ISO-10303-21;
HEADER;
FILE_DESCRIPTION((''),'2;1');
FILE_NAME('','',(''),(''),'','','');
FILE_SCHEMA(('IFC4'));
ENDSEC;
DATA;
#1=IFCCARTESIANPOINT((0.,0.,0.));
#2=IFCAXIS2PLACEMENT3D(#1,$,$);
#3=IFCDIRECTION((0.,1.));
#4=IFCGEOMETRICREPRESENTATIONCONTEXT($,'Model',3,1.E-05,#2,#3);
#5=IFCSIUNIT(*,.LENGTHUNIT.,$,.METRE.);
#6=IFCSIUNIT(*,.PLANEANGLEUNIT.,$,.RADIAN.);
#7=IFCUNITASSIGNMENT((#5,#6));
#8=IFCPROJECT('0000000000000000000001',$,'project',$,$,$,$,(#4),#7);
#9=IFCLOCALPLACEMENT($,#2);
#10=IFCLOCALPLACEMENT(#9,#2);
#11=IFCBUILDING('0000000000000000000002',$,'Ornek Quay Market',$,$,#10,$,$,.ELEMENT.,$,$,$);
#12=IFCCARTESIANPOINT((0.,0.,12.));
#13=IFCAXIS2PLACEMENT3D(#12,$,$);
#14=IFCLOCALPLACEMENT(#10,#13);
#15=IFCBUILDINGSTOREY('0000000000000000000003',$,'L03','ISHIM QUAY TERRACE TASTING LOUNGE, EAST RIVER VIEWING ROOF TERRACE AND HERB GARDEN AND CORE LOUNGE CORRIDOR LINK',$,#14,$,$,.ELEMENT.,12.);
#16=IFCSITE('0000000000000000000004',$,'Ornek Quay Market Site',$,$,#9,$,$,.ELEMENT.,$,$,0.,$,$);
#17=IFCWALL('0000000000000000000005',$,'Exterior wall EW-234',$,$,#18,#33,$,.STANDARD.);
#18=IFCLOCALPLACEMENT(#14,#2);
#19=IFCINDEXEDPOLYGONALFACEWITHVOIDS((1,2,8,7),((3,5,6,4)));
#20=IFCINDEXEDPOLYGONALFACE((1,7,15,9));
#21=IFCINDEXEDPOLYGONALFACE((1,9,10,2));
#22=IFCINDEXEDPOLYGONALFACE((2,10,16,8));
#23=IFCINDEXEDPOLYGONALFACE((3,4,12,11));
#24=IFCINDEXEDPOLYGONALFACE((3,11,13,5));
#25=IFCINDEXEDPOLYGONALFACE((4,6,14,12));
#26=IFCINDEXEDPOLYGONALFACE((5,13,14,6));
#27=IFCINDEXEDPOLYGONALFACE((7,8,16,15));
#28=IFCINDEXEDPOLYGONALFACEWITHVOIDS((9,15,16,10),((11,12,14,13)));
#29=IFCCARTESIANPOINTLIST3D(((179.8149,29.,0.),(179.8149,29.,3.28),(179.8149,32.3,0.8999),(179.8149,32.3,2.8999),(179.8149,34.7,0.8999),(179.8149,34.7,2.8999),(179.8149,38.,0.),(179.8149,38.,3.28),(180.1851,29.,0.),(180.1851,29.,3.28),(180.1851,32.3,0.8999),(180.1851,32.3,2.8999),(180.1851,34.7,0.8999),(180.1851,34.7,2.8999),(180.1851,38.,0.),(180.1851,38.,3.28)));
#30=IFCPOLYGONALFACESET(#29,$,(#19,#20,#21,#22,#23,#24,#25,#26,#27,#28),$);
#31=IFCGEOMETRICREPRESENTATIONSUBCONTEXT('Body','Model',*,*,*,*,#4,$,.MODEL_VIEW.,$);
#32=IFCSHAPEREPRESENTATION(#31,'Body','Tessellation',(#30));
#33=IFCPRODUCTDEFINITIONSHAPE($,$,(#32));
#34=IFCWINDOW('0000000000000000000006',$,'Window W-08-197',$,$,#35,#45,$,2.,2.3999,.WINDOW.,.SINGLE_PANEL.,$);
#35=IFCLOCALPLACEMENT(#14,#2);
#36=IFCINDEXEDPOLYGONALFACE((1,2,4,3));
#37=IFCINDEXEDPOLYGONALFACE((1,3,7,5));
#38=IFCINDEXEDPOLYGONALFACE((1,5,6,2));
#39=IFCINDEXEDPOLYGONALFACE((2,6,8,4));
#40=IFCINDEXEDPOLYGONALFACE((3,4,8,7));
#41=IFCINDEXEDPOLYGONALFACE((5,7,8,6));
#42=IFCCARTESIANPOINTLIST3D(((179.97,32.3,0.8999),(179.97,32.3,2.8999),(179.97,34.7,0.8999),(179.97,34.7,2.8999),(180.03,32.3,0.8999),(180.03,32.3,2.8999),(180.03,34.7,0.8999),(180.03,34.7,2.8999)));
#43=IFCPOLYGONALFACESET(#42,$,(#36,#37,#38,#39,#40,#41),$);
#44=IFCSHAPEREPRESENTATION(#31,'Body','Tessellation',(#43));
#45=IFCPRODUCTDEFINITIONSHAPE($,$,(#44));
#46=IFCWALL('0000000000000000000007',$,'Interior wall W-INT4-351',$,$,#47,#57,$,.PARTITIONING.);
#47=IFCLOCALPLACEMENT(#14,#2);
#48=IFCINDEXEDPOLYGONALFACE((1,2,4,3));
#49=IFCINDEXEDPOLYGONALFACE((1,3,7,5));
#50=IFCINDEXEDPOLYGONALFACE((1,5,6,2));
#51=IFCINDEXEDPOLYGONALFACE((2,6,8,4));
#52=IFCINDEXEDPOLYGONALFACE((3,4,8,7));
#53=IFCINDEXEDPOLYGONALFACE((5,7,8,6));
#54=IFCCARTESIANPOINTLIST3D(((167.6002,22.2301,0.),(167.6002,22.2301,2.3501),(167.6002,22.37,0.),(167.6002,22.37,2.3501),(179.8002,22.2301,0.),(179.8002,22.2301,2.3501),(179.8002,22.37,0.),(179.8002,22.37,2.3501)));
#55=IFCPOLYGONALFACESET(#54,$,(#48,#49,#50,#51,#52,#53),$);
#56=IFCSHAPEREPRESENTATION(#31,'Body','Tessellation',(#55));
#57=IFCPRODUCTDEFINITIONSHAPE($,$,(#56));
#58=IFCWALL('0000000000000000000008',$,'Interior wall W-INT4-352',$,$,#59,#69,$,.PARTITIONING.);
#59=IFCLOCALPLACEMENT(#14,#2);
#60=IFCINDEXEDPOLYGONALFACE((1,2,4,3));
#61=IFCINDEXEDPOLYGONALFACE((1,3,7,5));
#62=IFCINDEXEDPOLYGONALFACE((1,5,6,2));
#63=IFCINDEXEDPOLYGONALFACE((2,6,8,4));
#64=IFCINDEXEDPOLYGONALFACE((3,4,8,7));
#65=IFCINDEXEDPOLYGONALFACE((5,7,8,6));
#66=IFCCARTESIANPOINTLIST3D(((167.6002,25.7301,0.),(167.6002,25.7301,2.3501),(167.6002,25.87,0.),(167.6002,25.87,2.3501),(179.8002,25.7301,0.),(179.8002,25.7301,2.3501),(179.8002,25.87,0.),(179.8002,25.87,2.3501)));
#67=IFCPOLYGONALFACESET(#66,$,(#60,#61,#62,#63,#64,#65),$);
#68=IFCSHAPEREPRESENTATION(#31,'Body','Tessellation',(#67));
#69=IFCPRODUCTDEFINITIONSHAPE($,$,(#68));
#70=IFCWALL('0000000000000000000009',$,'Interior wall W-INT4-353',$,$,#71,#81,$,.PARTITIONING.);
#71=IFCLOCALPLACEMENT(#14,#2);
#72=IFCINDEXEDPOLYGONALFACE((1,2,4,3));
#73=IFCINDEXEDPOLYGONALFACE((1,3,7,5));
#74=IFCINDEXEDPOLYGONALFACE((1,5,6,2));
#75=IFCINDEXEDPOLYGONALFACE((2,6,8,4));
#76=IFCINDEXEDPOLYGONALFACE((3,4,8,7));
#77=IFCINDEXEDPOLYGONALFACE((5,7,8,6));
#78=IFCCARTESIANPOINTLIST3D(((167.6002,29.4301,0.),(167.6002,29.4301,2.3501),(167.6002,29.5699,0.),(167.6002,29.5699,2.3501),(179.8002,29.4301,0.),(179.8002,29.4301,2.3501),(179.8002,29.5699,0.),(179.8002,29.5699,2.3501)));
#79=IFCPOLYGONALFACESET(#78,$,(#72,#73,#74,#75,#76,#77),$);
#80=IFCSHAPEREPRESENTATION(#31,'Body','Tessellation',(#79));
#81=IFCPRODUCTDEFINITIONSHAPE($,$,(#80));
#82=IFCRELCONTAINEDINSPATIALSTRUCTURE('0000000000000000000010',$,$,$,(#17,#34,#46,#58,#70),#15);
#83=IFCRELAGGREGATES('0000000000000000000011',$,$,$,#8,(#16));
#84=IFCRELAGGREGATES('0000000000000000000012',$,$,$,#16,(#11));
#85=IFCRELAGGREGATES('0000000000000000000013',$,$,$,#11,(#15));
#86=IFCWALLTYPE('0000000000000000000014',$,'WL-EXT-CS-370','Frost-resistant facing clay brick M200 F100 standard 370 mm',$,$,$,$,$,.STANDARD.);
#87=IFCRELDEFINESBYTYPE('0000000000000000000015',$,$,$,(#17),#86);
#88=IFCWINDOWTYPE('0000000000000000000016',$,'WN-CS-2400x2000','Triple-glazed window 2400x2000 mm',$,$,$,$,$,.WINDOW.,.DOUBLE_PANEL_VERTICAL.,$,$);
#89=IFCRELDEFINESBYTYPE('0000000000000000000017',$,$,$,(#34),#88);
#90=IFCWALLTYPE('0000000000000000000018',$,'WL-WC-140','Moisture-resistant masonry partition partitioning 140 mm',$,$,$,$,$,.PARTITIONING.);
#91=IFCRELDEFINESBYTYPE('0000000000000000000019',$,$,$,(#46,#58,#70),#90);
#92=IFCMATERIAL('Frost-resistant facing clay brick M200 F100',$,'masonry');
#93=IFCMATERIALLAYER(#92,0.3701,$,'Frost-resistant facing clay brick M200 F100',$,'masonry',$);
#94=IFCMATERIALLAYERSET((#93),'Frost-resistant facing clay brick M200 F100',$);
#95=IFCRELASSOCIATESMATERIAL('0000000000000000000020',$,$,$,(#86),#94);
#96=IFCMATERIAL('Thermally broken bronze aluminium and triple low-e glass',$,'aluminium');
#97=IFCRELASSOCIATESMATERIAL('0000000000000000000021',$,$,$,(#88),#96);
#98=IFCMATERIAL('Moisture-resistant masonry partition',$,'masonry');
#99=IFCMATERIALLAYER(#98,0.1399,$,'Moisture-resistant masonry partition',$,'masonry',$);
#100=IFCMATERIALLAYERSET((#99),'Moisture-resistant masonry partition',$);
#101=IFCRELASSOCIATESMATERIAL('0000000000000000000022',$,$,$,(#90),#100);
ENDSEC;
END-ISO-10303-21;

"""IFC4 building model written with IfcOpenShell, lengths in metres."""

from ifc_helpers import new_model, si_unit, direction, frame, frame_2d, origin, place, context, subcontext, project, spatial, rectangle, extrude, material, layer, layer_set, type_object, element, fill, save


model = new_model("IFC4")

# Units and contexts
model_context = context("Model", 3, precision=1e-05, world=origin(), true_north=direction((0.0, 1.0)))
body_context = subcontext(model_context, "Body", "Model", "MODEL_VIEW")
ifc_project = project(units=[si_unit("LENGTHUNIT", "METRE"), si_unit("PLANEANGLEUNIT", "RADIAN")], contexts=[model_context])

# Site, building, storey
site_placement = place(None, origin())
site = spatial("IfcSite", under=ifc_project, at=site_placement, Name="Ornek Quay Market Site", CompositionType="ELEMENT", RefElevation=0.0)
building_placement = place(site_placement, origin())
building = spatial("IfcBuilding", under=site, at=building_placement, Name="Ornek Quay Market", CompositionType="ELEMENT")
storey_placement = place(building_placement, frame((0.0, 0.0, 12.0)))
storey = spatial("IfcBuildingStorey", under=building, at=storey_placement, Name="L03", Description="ISHIM QUAY TERRACE TASTING LOUNGE, EAST RIVER VIEWING ROOF TERRACE AND HERB GARDEN AND CORE LOUNGE CORRIDOR LINK", CompositionType="ELEMENT", Elevation=12.0)

# Wall, opening, window
ifc_material_1 = material(Name="Frost-resistant facing clay brick M200 F100", Category="masonry")
ifc_layer_1 = layer(ifc_material_1, 0.3701, Name="Frost-resistant facing clay brick M200 F100", Category="masonry")
ifc_layer_set_1 = layer_set([ifc_layer_1], Name="Frost-resistant facing clay brick M200 F100")
wall_type_1 = type_object("IfcWallType", Name="WL-EXT-CS-370", Description="Frost-resistant facing clay brick M200 F100 standard 370 mm", PredefinedType="STANDARD", material=ifc_layer_set_1)
wall_1_placement = place(storey_placement, frame((180.0, 29.0, 0.0), z_axis=(0.0, 0.0, 1.0), x_axis=(0.0, 1.0, 0.0)))
wall_1 = element("IfcWall", 1, at=wall_1_placement, inside=storey, type_object=wall_type_1, Name="Exterior wall EW-234", PredefinedType="STANDARD", context=body_context, shape_type="SweptSolid", body=[
    extrude(rectangle(XDim=9.0, YDim=0.3701, at=frame_2d((4.5, 0.0))), origin(), (0.0, 0.0, 1.0), 3.28),
])
opening_1_placement = place(wall_1_placement, frame((3.3, 0.0, 0.8999)))
opening_1 = element("IfcOpeningElement", 2, at=opening_1_placement, cuts=wall_1, PredefinedType="OPENING", context=body_context, shape_type="SweptSolid", body=[
    extrude(rectangle(XDim=2.3999, YDim=2.0, at=frame_2d((1.2, 1.0))), frame((0.0, 0.1951, 0.0), z_axis=(0.0, -1.0, 0.0), x_axis=(1.0, 0.0, 0.0)), (0.0, 0.0, 1.0), 0.3901),
])
ifc_material_2 = material(Name="Thermally broken bronze aluminium and triple low-e glass", Category="aluminium")
window_type = type_object("IfcWindowType", Name="WN-CS-2400x2000", Description="Triple-glazed window 2400x2000 mm", PartitioningType="DOUBLE_PANEL_VERTICAL", PredefinedType="WINDOW", material=ifc_material_2)
window_placement = place(opening_1_placement, origin())
window = element("IfcWindow", 3, at=window_placement, inside=storey, type_object=window_type, Name="Window W-08-197", OverallHeight=2.0, OverallWidth=2.3999, PartitioningType="SINGLE_PANEL", PredefinedType="WINDOW", context=body_context, shape_type="SweptSolid", body=[
    extrude(rectangle(XDim=2.3999, YDim=2.0, at=frame_2d((1.2, 1.0))), frame((0.0, 0.03, 0.0), z_axis=(0.0, -1.0, 0.0), x_axis=(1.0, 0.0, 0.0)), (0.0, 0.0, 1.0), 0.0601),
])
fill(opening_1, window)

# Walls
ifc_material_3 = material(Name="Moisture-resistant masonry partition", Category="masonry")
ifc_layer_2 = layer(ifc_material_3, 0.1399, Name="Moisture-resistant masonry partition", Category="masonry")
ifc_layer_set_2 = layer_set([ifc_layer_2], Name="Moisture-resistant masonry partition")
wall_type_2 = type_object("IfcWallType", Name="WL-WC-140", Description="Moisture-resistant masonry partition partitioning 140 mm", PredefinedType="PARTITIONING", material=ifc_layer_set_2)
for number, where, z_axis, x_axis, name in (
    (4, (167.6001, 22.3, 0.0), (0.0, 0.0, 1.0), (1.0, 0.0, 0.0), "Interior wall W-INT4-351"),
    (5, (167.6001, 25.8, 0.0), (0.0, 0.0, 1.0), (1.0, 0.0, 0.0), "Interior wall W-INT4-352"),
    (6, (167.6001, 29.5, 0.0), (0.0, 0.0, 1.0), (1.0, 0.0, 0.0), "Interior wall W-INT4-353"),
):
    element("IfcWall", number, at=place(storey_placement, frame(where, z_axis=z_axis, x_axis=x_axis)), inside=storey, type_object=wall_type_2, Name=name, PredefinedType="PARTITIONING", context=body_context, shape_type="SweptSolid", body=[
        extrude(rectangle(XDim=12.2, YDim=0.1399, at=frame_2d((6.1001, 0.0))), origin(), (0.0, 0.0, 1.0), 2.3501),
    ])

save(model, "model.ifc")
